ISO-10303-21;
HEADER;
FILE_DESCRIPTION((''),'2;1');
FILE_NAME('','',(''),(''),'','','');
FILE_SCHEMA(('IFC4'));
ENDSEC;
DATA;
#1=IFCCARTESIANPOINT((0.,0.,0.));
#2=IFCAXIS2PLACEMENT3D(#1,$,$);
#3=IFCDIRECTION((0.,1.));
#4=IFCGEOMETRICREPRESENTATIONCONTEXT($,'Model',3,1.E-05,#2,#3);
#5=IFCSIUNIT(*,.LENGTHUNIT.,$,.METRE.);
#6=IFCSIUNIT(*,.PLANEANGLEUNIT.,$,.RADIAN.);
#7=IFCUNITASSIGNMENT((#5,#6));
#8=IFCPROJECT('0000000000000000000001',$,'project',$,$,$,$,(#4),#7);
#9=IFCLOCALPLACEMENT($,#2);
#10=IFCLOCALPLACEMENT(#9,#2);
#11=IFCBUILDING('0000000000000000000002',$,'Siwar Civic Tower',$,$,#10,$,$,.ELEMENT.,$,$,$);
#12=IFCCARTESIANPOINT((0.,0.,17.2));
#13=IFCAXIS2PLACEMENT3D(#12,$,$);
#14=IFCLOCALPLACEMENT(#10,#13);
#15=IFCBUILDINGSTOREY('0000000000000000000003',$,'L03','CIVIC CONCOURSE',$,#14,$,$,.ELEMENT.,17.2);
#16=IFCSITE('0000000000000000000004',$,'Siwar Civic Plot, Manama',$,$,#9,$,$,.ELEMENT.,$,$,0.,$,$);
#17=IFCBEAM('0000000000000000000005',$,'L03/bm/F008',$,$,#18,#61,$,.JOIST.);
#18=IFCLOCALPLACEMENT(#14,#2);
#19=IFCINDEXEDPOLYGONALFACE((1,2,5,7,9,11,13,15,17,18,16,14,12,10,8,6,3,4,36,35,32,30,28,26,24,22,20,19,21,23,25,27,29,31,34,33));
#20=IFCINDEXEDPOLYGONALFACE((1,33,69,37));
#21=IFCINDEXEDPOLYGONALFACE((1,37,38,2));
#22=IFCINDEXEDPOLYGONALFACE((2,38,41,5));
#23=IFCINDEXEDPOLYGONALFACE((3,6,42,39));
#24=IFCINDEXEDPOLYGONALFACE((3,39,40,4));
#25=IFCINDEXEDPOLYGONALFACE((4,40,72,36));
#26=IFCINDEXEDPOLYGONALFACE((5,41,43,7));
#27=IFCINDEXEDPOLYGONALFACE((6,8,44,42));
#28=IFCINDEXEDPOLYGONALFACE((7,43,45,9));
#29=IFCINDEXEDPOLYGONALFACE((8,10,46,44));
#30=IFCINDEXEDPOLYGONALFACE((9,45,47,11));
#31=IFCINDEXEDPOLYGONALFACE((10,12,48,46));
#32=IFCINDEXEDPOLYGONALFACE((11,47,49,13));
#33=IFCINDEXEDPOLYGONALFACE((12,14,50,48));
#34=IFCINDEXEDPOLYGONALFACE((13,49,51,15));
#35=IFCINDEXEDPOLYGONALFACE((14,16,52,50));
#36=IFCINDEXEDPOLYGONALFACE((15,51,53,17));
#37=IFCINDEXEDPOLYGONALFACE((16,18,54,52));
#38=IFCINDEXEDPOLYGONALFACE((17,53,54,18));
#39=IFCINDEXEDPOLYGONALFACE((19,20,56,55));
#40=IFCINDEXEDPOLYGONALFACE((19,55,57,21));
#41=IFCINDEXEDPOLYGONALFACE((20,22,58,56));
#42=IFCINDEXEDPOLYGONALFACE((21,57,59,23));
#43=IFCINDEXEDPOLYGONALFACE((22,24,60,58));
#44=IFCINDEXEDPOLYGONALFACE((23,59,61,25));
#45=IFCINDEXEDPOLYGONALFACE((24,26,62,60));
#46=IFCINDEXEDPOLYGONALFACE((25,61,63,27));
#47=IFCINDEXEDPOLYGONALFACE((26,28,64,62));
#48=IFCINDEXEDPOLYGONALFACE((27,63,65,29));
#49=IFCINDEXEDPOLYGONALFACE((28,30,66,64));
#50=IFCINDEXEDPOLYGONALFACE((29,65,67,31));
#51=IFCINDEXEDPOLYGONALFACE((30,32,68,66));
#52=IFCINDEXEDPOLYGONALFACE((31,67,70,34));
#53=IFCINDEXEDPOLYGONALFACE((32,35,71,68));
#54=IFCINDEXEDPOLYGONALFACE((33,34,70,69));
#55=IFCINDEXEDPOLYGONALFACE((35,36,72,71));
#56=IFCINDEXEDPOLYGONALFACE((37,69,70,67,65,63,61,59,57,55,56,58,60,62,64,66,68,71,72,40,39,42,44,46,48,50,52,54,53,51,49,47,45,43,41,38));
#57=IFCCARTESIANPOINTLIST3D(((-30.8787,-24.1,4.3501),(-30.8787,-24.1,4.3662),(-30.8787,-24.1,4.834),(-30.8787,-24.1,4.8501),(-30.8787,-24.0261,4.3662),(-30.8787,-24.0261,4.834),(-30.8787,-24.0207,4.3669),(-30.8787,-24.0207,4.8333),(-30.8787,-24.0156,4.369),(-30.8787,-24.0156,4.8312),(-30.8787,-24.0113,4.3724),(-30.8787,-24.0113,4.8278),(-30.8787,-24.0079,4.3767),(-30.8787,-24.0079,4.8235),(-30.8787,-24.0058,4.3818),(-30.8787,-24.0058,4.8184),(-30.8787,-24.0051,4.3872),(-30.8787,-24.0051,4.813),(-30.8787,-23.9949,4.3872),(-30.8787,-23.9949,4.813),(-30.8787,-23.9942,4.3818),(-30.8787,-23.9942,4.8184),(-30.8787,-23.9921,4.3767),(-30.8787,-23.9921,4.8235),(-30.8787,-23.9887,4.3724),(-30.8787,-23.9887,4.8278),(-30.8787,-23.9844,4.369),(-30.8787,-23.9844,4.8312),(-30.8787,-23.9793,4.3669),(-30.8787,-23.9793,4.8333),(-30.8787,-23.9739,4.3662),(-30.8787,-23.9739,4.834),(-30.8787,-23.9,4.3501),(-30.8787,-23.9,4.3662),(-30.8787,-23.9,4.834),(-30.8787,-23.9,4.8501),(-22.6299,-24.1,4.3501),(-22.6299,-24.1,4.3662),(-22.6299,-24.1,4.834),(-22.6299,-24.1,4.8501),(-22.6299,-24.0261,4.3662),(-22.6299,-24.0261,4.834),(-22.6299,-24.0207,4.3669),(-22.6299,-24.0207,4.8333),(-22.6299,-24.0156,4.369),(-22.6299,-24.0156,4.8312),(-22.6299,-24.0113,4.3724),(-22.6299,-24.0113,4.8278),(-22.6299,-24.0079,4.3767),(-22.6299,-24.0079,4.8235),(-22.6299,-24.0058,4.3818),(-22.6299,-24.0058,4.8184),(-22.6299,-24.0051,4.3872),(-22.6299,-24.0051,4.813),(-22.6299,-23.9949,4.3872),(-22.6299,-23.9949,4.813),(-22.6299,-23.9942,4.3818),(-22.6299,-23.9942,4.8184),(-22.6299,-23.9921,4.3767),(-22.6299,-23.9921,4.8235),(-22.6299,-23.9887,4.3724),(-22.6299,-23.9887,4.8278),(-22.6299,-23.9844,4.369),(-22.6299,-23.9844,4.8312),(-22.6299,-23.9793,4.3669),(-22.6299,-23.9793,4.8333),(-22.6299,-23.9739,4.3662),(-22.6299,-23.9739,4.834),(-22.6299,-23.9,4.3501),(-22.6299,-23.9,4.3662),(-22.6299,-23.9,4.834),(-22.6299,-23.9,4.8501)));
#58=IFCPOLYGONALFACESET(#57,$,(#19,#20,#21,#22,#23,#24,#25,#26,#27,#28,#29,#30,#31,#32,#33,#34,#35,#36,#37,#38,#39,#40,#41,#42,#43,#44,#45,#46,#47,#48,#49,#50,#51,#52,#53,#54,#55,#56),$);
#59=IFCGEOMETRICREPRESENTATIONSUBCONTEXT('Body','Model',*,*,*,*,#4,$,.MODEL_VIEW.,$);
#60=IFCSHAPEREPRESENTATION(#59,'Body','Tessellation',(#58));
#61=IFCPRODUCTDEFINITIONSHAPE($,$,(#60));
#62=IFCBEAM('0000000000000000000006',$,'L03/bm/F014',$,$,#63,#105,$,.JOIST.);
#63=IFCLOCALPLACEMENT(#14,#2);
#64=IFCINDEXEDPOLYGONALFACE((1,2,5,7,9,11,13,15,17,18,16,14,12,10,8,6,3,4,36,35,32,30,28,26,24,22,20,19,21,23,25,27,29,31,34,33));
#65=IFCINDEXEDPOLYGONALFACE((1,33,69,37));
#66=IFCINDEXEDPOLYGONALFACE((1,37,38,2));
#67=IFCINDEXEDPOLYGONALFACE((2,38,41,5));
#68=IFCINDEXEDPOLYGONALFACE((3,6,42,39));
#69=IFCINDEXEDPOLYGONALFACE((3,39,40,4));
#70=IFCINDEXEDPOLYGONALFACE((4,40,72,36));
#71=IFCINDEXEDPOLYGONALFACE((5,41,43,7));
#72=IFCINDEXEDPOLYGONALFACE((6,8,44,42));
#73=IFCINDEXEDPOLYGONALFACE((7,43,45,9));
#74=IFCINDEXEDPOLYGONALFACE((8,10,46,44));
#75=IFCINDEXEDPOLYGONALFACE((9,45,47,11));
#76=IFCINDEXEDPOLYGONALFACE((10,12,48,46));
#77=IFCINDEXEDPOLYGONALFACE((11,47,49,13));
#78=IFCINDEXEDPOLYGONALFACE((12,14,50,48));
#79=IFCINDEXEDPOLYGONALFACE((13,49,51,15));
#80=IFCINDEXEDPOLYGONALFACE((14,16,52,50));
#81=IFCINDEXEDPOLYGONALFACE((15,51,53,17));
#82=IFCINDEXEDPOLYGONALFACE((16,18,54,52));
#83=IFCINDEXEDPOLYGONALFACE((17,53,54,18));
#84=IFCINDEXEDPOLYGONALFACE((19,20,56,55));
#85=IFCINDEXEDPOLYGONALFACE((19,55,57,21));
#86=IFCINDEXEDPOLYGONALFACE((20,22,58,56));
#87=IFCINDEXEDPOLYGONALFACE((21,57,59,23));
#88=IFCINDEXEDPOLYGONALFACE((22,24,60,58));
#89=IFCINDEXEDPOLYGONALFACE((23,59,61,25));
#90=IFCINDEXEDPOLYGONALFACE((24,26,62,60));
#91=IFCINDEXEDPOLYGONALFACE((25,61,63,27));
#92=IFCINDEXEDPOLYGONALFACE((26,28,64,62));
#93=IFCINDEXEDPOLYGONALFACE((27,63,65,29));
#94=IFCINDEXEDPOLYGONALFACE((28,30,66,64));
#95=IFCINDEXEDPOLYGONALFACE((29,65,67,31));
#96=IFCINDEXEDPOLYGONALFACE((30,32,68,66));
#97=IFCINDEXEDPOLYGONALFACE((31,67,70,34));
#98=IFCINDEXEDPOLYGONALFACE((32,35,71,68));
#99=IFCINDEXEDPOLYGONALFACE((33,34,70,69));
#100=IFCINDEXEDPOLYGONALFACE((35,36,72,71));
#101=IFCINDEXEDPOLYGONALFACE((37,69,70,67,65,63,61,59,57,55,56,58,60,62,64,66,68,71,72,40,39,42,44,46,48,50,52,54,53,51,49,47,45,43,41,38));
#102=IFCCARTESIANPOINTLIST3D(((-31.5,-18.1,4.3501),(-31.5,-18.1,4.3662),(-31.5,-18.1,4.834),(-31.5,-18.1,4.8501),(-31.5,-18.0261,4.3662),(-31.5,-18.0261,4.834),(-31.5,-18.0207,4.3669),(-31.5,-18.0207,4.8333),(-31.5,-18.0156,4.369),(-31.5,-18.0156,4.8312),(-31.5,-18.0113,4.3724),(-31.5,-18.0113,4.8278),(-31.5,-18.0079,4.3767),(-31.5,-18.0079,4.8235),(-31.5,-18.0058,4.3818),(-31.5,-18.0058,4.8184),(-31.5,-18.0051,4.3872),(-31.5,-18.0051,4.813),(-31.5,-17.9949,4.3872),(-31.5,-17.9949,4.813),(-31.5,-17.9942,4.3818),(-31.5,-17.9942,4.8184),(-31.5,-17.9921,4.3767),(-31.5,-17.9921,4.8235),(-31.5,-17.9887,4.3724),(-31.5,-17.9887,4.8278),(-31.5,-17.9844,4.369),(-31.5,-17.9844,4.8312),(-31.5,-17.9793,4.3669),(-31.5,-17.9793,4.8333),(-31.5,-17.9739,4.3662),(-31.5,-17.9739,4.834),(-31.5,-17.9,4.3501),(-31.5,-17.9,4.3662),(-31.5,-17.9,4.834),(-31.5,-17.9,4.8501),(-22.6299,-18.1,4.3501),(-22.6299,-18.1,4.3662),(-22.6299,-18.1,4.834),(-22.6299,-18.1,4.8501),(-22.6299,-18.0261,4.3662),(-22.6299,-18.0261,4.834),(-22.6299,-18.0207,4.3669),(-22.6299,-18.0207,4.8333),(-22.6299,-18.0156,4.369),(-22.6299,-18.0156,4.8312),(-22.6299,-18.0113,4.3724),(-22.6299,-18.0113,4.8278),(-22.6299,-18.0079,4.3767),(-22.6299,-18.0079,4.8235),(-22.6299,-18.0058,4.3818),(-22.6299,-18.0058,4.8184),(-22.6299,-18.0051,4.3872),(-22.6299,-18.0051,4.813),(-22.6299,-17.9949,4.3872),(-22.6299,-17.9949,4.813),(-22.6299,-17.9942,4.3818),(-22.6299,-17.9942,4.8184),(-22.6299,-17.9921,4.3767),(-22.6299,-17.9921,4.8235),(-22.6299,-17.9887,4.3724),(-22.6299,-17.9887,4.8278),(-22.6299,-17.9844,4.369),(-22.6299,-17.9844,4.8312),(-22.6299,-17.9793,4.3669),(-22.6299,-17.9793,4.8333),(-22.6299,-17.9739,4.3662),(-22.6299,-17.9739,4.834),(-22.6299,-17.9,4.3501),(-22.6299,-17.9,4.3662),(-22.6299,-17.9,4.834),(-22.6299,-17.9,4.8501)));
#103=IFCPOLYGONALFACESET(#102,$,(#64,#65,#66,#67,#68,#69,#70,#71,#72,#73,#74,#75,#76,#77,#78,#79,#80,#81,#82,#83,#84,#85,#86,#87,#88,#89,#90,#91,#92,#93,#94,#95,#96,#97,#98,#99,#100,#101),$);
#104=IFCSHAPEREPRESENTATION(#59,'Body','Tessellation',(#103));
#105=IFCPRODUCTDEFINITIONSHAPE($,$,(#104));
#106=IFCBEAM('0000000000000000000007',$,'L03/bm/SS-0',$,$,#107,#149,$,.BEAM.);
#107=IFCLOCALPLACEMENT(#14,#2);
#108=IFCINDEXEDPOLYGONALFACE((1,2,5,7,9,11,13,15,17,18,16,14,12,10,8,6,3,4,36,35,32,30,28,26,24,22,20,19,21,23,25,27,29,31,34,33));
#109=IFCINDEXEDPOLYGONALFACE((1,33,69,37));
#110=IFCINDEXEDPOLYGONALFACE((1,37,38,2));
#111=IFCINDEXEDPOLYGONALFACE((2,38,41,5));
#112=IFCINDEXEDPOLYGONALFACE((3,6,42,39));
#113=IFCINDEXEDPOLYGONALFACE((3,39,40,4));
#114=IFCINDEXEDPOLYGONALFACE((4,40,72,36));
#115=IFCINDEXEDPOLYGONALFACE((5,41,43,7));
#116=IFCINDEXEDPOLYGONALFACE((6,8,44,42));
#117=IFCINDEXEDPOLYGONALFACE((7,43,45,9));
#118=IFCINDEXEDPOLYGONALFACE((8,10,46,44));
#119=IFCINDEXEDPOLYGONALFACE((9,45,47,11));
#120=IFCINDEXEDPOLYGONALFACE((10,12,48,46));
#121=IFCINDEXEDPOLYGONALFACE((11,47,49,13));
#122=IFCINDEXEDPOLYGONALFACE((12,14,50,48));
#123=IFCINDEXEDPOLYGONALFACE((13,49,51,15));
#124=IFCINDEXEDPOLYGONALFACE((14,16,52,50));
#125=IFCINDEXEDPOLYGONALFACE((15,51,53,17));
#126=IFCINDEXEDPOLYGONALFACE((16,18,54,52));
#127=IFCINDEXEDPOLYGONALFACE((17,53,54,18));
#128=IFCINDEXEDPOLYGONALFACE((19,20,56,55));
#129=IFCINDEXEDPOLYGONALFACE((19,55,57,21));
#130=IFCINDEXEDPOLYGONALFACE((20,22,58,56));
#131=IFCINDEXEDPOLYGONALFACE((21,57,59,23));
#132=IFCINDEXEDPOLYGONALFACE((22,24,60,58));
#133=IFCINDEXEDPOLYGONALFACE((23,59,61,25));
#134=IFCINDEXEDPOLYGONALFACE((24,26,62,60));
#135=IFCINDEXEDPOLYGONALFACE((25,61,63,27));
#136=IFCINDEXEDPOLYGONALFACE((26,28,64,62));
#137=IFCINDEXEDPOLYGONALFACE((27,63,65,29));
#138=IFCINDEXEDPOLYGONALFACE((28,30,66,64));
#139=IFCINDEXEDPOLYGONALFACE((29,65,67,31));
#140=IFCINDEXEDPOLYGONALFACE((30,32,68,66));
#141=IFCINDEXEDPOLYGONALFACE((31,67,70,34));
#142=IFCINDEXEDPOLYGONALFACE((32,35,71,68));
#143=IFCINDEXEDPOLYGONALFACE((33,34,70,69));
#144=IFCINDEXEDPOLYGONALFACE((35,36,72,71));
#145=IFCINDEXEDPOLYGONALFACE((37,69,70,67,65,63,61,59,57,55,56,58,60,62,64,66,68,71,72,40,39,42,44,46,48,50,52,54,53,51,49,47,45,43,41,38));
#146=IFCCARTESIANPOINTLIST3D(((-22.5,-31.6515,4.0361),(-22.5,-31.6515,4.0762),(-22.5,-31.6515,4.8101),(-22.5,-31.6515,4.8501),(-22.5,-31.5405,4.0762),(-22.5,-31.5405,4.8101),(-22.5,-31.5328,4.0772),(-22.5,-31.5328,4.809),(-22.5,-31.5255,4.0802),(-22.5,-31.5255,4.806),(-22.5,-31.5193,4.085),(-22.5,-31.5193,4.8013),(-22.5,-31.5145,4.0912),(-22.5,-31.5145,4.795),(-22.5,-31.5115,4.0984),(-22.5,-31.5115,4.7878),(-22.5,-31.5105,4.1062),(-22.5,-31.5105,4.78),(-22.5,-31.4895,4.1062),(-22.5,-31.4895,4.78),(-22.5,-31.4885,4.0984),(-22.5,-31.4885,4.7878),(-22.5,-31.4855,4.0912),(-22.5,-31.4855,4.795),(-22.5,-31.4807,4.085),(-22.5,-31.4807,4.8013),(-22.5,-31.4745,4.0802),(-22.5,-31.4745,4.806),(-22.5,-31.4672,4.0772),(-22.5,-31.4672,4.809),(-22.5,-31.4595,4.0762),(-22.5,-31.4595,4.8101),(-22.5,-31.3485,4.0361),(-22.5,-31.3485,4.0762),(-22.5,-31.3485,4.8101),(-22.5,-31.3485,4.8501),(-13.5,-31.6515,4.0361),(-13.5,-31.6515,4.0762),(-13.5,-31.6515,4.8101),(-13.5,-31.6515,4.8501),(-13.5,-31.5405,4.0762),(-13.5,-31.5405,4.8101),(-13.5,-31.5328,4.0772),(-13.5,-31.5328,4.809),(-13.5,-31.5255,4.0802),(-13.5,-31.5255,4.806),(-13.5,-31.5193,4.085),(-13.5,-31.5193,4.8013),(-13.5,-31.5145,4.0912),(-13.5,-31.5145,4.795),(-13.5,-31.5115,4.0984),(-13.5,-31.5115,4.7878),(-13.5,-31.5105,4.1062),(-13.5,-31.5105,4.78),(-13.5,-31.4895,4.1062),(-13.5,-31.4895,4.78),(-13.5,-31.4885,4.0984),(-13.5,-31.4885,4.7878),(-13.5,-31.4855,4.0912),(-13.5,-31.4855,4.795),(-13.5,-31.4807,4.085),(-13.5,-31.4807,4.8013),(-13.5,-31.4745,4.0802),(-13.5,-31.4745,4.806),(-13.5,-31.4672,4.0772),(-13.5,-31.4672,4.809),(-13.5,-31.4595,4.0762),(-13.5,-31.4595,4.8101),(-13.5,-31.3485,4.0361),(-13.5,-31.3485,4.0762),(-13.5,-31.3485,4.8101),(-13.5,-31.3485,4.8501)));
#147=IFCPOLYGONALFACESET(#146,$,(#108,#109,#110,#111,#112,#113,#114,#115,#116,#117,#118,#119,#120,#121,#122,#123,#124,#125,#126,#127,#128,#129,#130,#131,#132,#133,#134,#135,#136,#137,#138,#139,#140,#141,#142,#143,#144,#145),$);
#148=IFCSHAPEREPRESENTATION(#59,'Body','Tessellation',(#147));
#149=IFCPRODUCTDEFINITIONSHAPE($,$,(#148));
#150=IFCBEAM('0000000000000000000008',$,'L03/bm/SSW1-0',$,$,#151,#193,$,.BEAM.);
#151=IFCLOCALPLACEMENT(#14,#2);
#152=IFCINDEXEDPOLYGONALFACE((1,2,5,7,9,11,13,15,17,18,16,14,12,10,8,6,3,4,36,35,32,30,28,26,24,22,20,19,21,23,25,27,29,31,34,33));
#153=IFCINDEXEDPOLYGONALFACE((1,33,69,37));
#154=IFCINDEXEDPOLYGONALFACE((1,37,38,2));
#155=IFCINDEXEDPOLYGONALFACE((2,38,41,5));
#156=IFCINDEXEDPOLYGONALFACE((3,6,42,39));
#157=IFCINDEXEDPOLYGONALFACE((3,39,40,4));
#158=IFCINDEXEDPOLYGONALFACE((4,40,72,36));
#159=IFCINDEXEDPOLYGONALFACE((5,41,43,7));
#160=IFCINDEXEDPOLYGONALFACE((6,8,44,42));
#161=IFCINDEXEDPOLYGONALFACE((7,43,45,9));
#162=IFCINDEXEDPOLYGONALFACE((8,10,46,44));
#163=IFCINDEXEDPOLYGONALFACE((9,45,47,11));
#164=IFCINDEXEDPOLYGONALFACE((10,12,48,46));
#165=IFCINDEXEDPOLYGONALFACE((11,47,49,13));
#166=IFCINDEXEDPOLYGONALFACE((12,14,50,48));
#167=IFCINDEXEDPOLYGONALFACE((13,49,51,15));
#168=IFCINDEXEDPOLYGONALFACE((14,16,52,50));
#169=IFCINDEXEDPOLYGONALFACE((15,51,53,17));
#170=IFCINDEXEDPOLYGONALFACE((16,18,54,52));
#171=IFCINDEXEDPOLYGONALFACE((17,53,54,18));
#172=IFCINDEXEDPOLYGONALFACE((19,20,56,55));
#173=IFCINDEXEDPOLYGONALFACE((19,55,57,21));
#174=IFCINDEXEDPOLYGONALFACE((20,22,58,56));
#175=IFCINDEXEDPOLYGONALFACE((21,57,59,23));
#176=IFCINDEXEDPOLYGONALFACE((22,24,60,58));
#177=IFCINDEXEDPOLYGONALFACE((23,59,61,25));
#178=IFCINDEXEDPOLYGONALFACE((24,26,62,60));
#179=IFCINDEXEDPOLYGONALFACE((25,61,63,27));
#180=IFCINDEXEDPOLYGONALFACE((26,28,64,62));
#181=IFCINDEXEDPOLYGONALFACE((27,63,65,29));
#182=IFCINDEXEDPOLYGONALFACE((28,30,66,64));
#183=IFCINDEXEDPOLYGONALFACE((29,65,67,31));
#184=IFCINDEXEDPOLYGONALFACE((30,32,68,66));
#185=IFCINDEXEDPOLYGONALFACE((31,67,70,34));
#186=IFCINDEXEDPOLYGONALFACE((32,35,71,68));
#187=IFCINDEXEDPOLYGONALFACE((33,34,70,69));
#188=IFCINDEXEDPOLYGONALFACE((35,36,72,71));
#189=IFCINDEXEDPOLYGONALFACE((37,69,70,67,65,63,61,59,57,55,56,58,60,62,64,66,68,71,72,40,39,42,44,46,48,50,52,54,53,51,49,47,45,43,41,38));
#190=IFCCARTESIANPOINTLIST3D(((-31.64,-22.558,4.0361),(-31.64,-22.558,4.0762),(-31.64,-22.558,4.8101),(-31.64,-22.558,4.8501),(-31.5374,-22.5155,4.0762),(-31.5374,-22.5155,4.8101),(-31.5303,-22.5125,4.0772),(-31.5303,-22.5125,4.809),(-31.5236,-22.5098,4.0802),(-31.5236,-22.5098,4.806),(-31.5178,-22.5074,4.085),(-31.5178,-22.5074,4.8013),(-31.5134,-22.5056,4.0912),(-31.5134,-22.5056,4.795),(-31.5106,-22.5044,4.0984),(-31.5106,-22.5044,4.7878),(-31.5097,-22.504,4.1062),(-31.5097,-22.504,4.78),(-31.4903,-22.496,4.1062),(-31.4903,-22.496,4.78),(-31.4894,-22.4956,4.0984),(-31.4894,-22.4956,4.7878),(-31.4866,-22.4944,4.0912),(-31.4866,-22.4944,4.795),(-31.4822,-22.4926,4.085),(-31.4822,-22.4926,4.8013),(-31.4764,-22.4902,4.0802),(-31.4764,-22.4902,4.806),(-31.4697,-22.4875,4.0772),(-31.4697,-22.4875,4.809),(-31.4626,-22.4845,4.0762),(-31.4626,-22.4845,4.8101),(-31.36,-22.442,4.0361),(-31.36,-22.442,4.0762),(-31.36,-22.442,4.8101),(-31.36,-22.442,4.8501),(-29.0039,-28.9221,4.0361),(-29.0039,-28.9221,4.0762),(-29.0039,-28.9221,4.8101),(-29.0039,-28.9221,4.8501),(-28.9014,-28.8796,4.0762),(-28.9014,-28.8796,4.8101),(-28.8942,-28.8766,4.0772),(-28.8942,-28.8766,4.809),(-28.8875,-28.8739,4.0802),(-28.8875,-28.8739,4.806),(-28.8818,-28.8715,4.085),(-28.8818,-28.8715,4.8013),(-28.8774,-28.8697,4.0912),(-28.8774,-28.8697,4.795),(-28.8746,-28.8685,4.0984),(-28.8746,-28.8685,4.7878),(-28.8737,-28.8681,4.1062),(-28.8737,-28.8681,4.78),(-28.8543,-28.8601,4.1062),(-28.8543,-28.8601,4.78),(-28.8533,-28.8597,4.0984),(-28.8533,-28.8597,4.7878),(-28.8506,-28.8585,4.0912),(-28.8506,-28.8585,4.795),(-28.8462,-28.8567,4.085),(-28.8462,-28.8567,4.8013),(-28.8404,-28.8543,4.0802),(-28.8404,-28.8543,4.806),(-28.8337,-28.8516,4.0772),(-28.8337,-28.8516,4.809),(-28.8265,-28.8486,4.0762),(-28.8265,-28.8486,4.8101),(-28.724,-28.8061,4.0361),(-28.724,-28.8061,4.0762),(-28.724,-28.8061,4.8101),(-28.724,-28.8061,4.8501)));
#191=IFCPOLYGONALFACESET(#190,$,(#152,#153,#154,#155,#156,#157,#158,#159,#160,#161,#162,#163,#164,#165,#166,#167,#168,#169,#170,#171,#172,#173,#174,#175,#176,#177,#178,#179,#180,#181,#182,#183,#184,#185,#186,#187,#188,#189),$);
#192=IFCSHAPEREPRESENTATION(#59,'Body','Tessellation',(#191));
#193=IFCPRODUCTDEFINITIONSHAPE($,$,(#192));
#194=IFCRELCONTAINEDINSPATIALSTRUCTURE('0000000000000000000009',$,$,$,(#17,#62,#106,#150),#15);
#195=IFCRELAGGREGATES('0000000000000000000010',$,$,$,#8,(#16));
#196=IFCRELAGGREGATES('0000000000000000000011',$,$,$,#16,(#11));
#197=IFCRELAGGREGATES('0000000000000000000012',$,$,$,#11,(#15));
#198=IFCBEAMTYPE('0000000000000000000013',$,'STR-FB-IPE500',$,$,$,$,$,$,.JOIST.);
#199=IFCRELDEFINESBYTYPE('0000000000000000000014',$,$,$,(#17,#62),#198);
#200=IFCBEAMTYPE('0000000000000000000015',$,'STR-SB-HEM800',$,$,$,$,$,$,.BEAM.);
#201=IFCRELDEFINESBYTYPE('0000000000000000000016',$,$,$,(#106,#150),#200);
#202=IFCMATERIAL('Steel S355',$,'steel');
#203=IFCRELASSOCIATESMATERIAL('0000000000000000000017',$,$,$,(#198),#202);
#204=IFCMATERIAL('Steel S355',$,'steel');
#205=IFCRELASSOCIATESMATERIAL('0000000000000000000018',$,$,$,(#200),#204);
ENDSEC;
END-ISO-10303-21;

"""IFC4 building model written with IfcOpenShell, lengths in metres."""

from ifc_helpers import new_model, si_unit, direction, frame, origin, origin_2d, place, context, subcontext, project, spatial, i_section, extrude, material, material_profile, profile_set, type_object, element, save


model = new_model("IFC4")

# Units and contexts
model_context = context("Model", 3, precision=1e-05, world=origin(), true_north=direction((0.0, 1.0)))
body_context = subcontext(model_context, "Body", "Model", "MODEL_VIEW")
ifc_project = project(units=[si_unit("LENGTHUNIT", "METRE"), si_unit("PLANEANGLEUNIT", "RADIAN")], contexts=[model_context])

# Site, building, storey
site_placement = place(None, origin())
site = spatial("IfcSite", under=ifc_project, at=site_placement, Name="Siwar Civic Plot, Manama", CompositionType="ELEMENT", RefElevation=0.0)
building_placement = place(site_placement, origin())
building = spatial("IfcBuilding", under=site, at=building_placement, Name="Siwar Civic Tower", CompositionType="ELEMENT")
storey_placement = place(building_placement, frame((0.0, 0.0, 17.2)))
storey = spatial("IfcBuildingStorey", under=building, at=storey_placement, Name="L03", Description="CIVIC CONCOURSE", CompositionType="ELEMENT", Elevation=17.2)

# Beams
ifc_material_1 = material(Name="Steel S355", Category="steel")
ifc_material_profile_1 = material_profile(ifc_material_1, i_section(OverallWidth=0.2, OverallDepth=0.5, WebThickness=0.0103, FlangeThickness=0.0161, FilletRadius=0.021, at=origin_2d()), Name="IPE500")
ifc_profile_set_1 = profile_set([ifc_material_profile_1], Name="Steel S355")
beam_type_1 = type_object("IfcBeamType", Name="STR-FB-IPE500", PredefinedType="JOIST", material=ifc_profile_set_1)
beam_1_placement = place(storey_placement, frame((-30.8787, -24.0, 4.6001), z_axis=(1.0, 0.0, 0.0), x_axis=(0.0, 1.0, 0.0)))
element("IfcBeam", 1, at=beam_1_placement, inside=storey, type_object=beam_type_1, Name="L03/bm/F008", PredefinedType="JOIST", context=body_context, shape_type="SweptSolid", body=[
    extrude(i_section(OverallWidth=0.2, OverallDepth=0.5, WebThickness=0.0103, FlangeThickness=0.0161, FilletRadius=0.021, at=origin_2d()), origin(), (0.0, 0.0, 1.0), 8.2488),
])
beam_2_placement = place(storey_placement, frame((-31.5, -18.0, 4.6001), z_axis=(1.0, 0.0, 0.0), x_axis=(0.0, 1.0, 0.0)))
element("IfcBeam", 2, at=beam_2_placement, inside=storey, type_object=beam_type_1, Name="L03/bm/F014", PredefinedType="JOIST", context=body_context, shape_type="SweptSolid", body=[
    extrude(i_section(OverallWidth=0.2, OverallDepth=0.5, WebThickness=0.0103, FlangeThickness=0.0161, FilletRadius=0.021, at=origin_2d()), origin(), (0.0, 0.0, 1.0), 8.8701),
])
ifc_material_2 = material(Name="Steel S355", Category="steel")
ifc_material_profile_2 = material_profile(ifc_material_2, i_section(OverallWidth=0.303, OverallDepth=0.814, WebThickness=0.021, FlangeThickness=0.04, FilletRadius=0.03, at=origin_2d()), Name="HEM800")
ifc_profile_set_2 = profile_set([ifc_material_profile_2], Name="Steel S355")
beam_type_2 = type_object("IfcBeamType", Name="STR-SB-HEM800", PredefinedType="BEAM", material=ifc_profile_set_2)
beam_3_placement = place(storey_placement, frame((-22.5, -31.5, 4.4431), z_axis=(1.0, 0.0, 0.0), x_axis=(0.0, 1.0, 0.0)))
element("IfcBeam", 3, at=beam_3_placement, inside=storey, type_object=beam_type_2, Name="L03/bm/SS-0", PredefinedType="BEAM", context=body_context, shape_type="SweptSolid", body=[
    extrude(i_section(OverallWidth=0.303, OverallDepth=0.814, WebThickness=0.021, FlangeThickness=0.04, FilletRadius=0.03, at=origin_2d()), origin(), (0.0, 0.0, 1.0), 9.0),
])
for number, where, z_axis, x_axis, name in (
    (4, (-31.5, -22.5, 4.4431), (0.382674, -0.923883, 0.0), (0.923883, 0.382674, 0.0), "L03/bm/SSW1-0"),
):
    element("IfcBeam", number, at=place(storey_placement, frame(where, z_axis=z_axis, x_axis=x_axis)), inside=storey, type_object=beam_type_2, Name=name, PredefinedType="BEAM", context=body_context, shape_type="SweptSolid", body=[
        extrude(i_section(OverallWidth=0.303, OverallDepth=0.814, WebThickness=0.021, FlangeThickness=0.04, FilletRadius=0.03, at=origin_2d()), origin(), (0.0, 0.0, 1.0), 6.8884),
    ])

save(model, "model.ifc")
